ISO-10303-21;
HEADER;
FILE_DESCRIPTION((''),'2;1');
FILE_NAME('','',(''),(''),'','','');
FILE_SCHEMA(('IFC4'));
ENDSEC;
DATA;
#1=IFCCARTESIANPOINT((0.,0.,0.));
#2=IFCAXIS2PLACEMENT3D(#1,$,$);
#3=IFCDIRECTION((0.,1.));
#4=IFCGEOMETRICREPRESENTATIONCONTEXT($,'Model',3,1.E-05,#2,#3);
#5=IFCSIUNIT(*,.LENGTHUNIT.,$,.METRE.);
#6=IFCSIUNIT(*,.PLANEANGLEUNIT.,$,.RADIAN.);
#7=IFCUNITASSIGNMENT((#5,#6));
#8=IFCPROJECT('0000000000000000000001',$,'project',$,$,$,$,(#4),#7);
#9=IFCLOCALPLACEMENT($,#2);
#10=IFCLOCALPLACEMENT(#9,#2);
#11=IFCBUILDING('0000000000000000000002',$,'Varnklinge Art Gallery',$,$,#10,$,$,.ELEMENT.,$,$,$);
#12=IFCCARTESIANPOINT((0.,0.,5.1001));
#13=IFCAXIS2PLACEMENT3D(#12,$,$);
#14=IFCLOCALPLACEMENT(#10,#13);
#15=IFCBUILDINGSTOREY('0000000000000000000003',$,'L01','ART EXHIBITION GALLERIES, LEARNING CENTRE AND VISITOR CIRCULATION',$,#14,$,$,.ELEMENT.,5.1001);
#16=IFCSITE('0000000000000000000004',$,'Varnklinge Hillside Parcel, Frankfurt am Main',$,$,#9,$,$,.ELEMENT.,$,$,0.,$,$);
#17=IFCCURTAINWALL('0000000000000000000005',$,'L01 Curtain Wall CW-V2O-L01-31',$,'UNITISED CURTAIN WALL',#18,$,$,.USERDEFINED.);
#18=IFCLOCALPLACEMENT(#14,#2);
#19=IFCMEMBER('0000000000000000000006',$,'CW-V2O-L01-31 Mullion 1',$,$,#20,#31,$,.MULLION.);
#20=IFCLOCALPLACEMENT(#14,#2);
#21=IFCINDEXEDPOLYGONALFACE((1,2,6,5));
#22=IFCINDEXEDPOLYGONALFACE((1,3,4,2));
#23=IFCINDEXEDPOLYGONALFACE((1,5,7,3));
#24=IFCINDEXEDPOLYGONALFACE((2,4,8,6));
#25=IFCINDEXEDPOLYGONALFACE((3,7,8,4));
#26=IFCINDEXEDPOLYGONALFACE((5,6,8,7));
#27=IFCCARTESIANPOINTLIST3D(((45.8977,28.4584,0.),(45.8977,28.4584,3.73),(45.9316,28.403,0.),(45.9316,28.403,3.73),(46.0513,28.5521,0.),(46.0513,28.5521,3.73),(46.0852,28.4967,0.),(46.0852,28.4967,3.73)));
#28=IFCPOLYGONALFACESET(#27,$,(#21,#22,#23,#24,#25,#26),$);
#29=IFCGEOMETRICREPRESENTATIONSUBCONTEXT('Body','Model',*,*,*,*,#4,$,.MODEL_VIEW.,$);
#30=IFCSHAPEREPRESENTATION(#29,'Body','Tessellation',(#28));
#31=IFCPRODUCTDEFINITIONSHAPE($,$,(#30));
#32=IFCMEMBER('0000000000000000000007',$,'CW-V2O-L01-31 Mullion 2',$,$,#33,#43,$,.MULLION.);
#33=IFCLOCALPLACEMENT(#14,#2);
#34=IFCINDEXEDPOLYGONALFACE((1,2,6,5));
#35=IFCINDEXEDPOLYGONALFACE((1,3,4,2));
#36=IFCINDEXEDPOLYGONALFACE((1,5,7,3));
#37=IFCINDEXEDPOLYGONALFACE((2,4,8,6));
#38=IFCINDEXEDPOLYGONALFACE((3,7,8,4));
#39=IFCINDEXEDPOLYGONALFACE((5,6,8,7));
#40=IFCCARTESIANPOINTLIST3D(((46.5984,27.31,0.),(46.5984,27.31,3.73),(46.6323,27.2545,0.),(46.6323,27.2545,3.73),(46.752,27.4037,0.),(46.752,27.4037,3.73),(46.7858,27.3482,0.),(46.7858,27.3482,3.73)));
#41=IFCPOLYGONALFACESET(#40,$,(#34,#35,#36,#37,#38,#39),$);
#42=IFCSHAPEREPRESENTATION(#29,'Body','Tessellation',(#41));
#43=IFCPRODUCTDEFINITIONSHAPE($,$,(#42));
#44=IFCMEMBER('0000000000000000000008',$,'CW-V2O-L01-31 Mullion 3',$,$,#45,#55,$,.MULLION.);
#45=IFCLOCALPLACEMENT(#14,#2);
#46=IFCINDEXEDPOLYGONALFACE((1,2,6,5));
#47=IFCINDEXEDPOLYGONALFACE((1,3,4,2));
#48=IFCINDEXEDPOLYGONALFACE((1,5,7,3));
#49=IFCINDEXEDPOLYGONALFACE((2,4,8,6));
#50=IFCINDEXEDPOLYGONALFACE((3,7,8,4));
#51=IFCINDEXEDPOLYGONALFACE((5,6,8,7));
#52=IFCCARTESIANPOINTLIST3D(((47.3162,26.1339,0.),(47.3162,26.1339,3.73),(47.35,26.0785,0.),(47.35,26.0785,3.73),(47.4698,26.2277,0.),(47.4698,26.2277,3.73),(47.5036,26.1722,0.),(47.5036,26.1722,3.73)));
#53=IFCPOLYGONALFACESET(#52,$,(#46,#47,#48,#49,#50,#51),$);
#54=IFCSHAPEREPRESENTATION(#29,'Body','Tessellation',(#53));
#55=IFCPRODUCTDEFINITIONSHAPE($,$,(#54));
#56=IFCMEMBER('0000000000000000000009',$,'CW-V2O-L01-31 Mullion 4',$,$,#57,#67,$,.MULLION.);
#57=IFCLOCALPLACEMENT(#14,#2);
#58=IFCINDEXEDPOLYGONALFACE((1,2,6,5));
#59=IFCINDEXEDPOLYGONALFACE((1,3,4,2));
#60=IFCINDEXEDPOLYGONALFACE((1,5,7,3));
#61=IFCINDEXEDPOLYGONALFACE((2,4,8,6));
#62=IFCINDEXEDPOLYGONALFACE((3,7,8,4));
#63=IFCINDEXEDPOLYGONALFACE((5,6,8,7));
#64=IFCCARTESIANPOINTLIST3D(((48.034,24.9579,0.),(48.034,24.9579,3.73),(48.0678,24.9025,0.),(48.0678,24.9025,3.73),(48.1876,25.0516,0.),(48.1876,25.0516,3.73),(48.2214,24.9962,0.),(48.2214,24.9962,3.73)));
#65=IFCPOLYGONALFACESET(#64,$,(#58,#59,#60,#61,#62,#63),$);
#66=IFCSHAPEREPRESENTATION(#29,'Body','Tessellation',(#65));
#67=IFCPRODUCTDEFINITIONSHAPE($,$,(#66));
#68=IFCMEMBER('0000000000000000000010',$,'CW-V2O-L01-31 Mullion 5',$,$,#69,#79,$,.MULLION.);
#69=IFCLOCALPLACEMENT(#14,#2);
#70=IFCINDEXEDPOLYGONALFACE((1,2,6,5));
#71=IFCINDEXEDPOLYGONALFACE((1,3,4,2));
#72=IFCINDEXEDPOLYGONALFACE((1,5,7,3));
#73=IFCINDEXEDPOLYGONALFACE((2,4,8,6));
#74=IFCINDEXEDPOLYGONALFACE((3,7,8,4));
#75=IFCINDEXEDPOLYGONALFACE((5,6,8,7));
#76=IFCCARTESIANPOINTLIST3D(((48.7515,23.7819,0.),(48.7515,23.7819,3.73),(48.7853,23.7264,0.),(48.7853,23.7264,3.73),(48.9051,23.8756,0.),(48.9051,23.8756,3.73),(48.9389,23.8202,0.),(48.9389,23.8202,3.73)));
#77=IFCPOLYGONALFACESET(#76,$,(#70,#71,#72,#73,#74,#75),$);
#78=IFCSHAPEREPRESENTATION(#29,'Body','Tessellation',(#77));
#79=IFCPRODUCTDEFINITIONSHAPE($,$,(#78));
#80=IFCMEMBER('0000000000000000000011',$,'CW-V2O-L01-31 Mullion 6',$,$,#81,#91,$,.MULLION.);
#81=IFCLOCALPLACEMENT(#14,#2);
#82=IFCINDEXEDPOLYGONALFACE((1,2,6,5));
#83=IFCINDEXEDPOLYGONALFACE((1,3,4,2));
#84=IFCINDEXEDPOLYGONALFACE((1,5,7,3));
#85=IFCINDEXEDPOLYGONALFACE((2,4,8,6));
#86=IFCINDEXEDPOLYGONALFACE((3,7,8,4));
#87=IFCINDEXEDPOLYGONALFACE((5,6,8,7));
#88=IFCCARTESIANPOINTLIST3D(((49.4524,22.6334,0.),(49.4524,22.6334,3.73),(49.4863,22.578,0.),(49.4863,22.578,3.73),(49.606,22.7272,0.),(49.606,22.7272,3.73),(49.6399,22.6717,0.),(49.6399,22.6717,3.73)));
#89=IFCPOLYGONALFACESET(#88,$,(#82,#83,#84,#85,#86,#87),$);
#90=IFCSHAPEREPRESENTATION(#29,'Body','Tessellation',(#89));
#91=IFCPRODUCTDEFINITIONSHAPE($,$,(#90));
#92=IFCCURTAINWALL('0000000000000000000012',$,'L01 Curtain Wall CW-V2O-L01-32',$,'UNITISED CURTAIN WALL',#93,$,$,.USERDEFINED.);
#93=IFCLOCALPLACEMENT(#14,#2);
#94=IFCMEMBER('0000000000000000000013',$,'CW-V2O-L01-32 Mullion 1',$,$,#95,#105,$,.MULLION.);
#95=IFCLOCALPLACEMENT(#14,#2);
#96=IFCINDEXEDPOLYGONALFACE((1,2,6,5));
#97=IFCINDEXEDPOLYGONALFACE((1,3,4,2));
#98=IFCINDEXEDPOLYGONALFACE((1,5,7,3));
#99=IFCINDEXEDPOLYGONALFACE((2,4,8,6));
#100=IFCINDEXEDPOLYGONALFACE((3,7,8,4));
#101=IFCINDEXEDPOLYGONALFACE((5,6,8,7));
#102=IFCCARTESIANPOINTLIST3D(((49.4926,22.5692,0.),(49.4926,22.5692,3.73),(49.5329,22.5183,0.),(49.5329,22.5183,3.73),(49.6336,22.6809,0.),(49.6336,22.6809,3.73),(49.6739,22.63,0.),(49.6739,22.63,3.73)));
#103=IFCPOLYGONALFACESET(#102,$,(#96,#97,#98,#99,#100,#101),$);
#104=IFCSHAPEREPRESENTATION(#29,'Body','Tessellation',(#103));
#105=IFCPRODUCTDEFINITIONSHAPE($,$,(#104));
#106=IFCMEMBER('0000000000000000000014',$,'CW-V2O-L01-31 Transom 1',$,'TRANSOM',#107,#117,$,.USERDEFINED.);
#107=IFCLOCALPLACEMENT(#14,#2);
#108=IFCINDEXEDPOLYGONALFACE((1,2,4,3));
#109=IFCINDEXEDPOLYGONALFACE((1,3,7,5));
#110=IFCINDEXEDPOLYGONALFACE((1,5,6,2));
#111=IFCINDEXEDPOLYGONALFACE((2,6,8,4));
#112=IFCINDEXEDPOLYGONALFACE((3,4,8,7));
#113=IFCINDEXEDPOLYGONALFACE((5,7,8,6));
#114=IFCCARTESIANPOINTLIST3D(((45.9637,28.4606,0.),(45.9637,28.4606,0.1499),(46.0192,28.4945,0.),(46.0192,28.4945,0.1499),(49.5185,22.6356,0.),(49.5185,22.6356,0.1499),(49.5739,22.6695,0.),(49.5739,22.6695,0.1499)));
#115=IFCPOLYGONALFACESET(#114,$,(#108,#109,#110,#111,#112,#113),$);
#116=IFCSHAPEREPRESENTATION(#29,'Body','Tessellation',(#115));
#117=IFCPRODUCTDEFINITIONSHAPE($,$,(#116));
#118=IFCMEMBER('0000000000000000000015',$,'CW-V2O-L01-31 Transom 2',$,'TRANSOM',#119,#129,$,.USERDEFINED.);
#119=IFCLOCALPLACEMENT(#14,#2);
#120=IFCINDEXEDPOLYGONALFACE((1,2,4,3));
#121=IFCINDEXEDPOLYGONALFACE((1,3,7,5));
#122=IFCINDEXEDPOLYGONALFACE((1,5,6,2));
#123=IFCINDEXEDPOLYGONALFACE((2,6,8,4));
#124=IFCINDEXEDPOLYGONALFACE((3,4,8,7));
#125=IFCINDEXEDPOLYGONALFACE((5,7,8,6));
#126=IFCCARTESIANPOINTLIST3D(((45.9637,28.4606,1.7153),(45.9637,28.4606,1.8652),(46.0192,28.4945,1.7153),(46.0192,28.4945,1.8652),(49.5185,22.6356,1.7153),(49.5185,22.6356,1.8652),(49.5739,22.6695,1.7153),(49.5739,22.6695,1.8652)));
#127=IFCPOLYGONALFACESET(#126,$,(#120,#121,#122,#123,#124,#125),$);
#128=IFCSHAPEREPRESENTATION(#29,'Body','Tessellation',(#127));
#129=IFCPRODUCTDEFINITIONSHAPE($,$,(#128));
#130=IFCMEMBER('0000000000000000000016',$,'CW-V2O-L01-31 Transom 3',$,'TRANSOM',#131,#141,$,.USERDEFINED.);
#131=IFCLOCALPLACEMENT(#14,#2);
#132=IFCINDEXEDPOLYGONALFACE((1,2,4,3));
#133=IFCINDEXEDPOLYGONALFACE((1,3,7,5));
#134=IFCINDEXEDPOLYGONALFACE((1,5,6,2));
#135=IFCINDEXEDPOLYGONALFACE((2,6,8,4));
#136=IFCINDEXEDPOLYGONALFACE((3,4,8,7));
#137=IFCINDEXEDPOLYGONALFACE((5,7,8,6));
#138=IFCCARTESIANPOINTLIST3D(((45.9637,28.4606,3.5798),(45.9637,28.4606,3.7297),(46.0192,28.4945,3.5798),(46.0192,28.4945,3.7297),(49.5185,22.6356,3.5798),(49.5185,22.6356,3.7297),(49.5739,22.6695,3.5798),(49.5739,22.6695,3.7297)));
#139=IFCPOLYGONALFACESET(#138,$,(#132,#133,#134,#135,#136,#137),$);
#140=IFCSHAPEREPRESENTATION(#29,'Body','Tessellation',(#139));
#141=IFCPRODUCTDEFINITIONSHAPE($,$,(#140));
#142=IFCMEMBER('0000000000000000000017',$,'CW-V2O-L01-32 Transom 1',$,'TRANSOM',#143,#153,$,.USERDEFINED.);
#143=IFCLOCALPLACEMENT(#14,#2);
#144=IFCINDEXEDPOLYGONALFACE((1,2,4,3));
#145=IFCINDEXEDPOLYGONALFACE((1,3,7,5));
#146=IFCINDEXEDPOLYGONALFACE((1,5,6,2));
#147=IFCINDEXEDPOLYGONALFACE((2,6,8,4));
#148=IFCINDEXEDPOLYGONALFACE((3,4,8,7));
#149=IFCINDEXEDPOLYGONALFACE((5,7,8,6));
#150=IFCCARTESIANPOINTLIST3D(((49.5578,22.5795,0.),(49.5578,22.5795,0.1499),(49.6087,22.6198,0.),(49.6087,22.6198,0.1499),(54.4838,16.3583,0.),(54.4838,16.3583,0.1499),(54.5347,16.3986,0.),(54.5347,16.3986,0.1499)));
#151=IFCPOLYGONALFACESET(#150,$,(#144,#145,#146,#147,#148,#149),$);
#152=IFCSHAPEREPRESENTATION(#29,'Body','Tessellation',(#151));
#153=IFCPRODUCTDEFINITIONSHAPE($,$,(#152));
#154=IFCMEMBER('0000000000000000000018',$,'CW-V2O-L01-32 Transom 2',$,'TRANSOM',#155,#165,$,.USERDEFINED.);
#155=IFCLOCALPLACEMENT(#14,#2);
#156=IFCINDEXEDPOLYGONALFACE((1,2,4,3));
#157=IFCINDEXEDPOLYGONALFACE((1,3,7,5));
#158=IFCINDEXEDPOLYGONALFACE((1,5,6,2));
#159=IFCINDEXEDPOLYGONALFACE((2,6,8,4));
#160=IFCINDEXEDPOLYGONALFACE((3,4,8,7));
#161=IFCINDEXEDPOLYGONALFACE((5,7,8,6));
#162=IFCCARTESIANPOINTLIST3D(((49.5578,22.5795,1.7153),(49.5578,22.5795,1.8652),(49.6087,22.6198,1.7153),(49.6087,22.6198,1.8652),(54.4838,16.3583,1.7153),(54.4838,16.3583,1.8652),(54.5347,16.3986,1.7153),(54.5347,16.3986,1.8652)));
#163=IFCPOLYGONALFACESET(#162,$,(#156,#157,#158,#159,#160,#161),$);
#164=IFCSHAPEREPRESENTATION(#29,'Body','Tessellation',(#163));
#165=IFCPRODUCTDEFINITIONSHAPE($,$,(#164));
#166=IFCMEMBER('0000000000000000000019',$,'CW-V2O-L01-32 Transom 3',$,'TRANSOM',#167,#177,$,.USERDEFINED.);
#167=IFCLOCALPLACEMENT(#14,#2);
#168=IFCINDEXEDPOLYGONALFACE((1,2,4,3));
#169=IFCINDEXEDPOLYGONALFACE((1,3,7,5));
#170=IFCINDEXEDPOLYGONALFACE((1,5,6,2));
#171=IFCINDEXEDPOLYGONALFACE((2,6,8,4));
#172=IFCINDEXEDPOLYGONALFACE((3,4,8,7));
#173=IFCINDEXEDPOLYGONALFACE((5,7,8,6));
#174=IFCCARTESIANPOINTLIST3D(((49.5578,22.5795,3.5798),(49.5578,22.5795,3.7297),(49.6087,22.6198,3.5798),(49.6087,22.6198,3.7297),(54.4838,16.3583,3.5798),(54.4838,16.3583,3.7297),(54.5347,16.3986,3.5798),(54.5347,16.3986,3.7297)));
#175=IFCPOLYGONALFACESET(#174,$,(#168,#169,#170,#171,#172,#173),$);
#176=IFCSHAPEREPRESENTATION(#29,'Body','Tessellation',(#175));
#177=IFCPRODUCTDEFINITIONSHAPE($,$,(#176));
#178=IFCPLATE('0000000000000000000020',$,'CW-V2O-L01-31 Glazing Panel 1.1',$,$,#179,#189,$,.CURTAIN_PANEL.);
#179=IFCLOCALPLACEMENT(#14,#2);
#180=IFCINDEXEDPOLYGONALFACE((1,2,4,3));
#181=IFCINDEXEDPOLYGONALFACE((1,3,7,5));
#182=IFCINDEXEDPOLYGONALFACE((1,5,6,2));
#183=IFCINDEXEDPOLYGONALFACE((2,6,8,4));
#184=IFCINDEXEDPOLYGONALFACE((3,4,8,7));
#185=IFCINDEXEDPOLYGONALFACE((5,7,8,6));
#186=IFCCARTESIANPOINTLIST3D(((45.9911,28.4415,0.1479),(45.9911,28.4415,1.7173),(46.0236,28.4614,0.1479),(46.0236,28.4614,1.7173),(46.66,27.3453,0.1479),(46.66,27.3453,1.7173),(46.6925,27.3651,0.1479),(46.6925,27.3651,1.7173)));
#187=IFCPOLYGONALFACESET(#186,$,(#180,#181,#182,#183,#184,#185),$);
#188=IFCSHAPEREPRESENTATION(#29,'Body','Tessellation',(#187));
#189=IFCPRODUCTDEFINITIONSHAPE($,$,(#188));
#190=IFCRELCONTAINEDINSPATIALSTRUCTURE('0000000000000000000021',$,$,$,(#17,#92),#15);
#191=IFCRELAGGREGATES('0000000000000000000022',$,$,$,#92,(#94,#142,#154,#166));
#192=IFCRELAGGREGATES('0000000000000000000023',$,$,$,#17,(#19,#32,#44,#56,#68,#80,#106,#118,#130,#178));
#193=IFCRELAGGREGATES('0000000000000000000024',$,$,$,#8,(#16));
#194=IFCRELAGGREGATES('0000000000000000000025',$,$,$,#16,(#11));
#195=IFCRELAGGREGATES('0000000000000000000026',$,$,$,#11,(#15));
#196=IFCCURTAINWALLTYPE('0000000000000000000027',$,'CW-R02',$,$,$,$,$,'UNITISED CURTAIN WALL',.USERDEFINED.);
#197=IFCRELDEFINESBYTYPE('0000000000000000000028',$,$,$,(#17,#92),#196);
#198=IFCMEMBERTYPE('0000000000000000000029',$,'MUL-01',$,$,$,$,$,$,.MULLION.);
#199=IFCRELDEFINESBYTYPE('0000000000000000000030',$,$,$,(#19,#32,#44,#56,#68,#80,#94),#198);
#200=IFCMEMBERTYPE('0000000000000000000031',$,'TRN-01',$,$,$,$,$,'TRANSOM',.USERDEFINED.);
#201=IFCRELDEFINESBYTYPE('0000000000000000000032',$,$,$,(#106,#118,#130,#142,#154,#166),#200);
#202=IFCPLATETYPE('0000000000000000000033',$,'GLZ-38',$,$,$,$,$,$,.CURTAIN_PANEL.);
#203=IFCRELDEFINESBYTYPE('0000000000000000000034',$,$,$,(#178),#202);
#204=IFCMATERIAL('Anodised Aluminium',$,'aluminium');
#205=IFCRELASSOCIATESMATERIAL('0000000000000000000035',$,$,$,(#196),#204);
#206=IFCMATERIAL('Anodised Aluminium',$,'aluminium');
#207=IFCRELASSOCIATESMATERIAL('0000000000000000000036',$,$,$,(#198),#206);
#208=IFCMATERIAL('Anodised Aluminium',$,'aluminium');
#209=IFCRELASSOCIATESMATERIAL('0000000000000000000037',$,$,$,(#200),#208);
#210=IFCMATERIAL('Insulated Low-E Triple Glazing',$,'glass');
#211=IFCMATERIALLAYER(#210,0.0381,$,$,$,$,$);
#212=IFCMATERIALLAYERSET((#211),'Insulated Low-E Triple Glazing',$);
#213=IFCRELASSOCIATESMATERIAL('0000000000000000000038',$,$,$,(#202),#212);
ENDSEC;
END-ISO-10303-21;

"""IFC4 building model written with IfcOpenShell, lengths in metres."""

from ifc_helpers import new_model, si_unit, direction, frame, origin, origin_2d, place, context, subcontext, project, spatial, rectangle, extrude, material, layer, layer_set, material_profile, profile_set, type_object, element, aggregate, save


model = new_model("IFC4")

# Units and contexts
model_context = context("Model", 3, precision=1e-05, world=origin(), true_north=direction((0.0, 1.0)))
body_context = subcontext(model_context, "Body", "Model", "MODEL_VIEW")
ifc_project = project(units=[si_unit("LENGTHUNIT", "METRE"), si_unit("PLANEANGLEUNIT", "RADIAN")], contexts=[model_context])

# Site, building, storey
site_placement = place(None, origin())
site = spatial("IfcSite", under=ifc_project, at=site_placement, Name="Varnklinge Hillside Parcel, Frankfurt am Main", CompositionType="ELEMENT", RefElevation=0.0)
building_placement = place(site_placement, origin())
building = spatial("IfcBuilding", under=site, at=building_placement, Name="Varnklinge Art Gallery", CompositionType="ELEMENT")
storey_placement = place(building_placement, frame((0.0, 0.0, 5.1001)))
storey = spatial("IfcBuildingStorey", under=building, at=storey_placement, Name="L01", Description="ART EXHIBITION GALLERIES, LEARNING CENTRE AND VISITOR CIRCULATION", CompositionType="ELEMENT", Elevation=5.1001)

# Curtain wall, members
ifc_material_1 = material(Name="Anodised Aluminium", Category="aluminium")
curtain_wall_type = type_object("IfcCurtainWallType", Name="CW-R02", ElementType="UNITISED CURTAIN WALL", PredefinedType="USERDEFINED", material=ifc_material_1)
curtain_wall_1_placement = place(storey_placement, origin())
curtain_wall_1 = element("IfcCurtainWall", 1, at=curtain_wall_1_placement, inside=storey, type_object=curtain_wall_type, Name="L01 Curtain Wall CW-V2O-L01-31", ObjectType="UNITISED CURTAIN WALL", PredefinedType="USERDEFINED")
ifc_material_2 = material(Name="Anodised Aluminium", Category="aluminium")
ifc_material_profile_1 = material_profile(ifc_material_2, rectangle(XDim=0.0649, YDim=0.1799, at=origin_2d()), Name="ALU 65x180")
ifc_profile_set_1 = profile_set([ifc_material_profile_1], Name="Anodised Aluminium")
member_type_1 = type_object("IfcMemberType", Name="MUL-01", PredefinedType="MULLION", material=ifc_profile_set_1)
member_1_placement = place(storey_placement, frame((45.9915, 28.4775, 0.0), z_axis=(0.0, 0.0, 1.0), x_axis=(0.520861, -0.853642, 0.0)))
member_1 = element("IfcMember", 2, at=member_1_placement, type_object=member_type_1, Name="CW-V2O-L01-31 Mullion 1", PredefinedType="MULLION", context=body_context, shape_type="SweptSolid", body=[
    extrude(rectangle(XDim=0.0649, YDim=0.1799, at=origin_2d()), origin(), (0.0, 0.0, 1.0), 3.73),
])
member_2_placement = place(storey_placement, frame((46.6921, 27.3291, 0.0), z_axis=(0.0, 0.0, 1.0), x_axis=(0.520861, -0.853642, 0.0)))
member_2 = element("IfcMember", 3, at=member_2_placement, type_object=member_type_1, Name="CW-V2O-L01-31 Mullion 2", PredefinedType="MULLION", context=body_context, shape_type="SweptSolid", body=[
    extrude(rectangle(XDim=0.0649, YDim=0.1799, at=origin_2d()), origin(), (0.0, 0.0, 1.0), 3.73),
])
member_3_placement = place(storey_placement, frame((47.4099, 26.1531, 0.0), z_axis=(0.0, 0.0, 1.0), x_axis=(0.520861, -0.853642, 0.0)))
member_3 = element("IfcMember", 4, at=member_3_placement, type_object=member_type_1, Name="CW-V2O-L01-31 Mullion 3", PredefinedType="MULLION", context=body_context, shape_type="SweptSolid", body=[
    extrude(rectangle(XDim=0.0649, YDim=0.1799, at=origin_2d()), origin(), (0.0, 0.0, 1.0), 3.73),
])
member_4_placement = place(storey_placement, frame((48.1277, 24.9771, 0.0), z_axis=(0.0, 0.0, 1.0), x_axis=(0.520861, -0.853642, 0.0)))
member_4 = element("IfcMember", 5, at=member_4_placement, type_object=member_type_1, Name="CW-V2O-L01-31 Mullion 4", PredefinedType="MULLION", context=body_context, shape_type="SweptSolid", body=[
    extrude(rectangle(XDim=0.0649, YDim=0.1799, at=origin_2d()), origin(), (0.0, 0.0, 1.0), 3.73),
])
member_5_placement = place(storey_placement, frame((48.8452, 23.801, 0.0), z_axis=(0.0, 0.0, 1.0), x_axis=(0.520861, -0.853642, 0.0)))
member_5 = element("IfcMember", 6, at=member_5_placement, type_object=member_type_1, Name="CW-V2O-L01-31 Mullion 5", PredefinedType="MULLION", context=body_context, shape_type="SweptSolid", body=[
    extrude(rectangle(XDim=0.0649, YDim=0.1799, at=origin_2d()), origin(), (0.0, 0.0, 1.0), 3.73),
])
member_6_placement = place(storey_placement, frame((49.5461, 22.6526, 0.0), z_axis=(0.0, 0.0, 1.0), x_axis=(0.520861, -0.853642, 0.0)))
member_6 = element("IfcMember", 7, at=member_6_placement, type_object=member_type_1, Name="CW-V2O-L01-31 Mullion 6", PredefinedType="MULLION", context=body_context, shape_type="SweptSolid", body=[
    extrude(rectangle(XDim=0.0649, YDim=0.1799, at=origin_2d()), origin(), (0.0, 0.0, 1.0), 3.73),
])

# Curtain wall, member
curtain_wall_2_placement = place(storey_placement, origin())
curtain_wall_2 = element("IfcCurtainWall", 8, at=curtain_wall_2_placement, inside=storey, type_object=curtain_wall_type, Name="L01 Curtain Wall CW-V2O-L01-32", ObjectType="UNITISED CURTAIN WALL", PredefinedType="USERDEFINED")
member_7_placement = place(storey_placement, frame((49.5833, 22.5996, 0.0), z_axis=(0.0, 0.0, 1.0), x_axis=(0.620737, -0.784019, 0.0)))
member_7 = element("IfcMember", 9, at=member_7_placement, type_object=member_type_1, Name="CW-V2O-L01-32 Mullion 1", PredefinedType="MULLION", context=body_context, shape_type="SweptSolid", body=[
    extrude(rectangle(XDim=0.0649, YDim=0.1799, at=origin_2d()), origin(), (0.0, 0.0, 1.0), 3.73),
])

# Members
ifc_material_3 = material(Name="Anodised Aluminium", Category="aluminium")
ifc_material_profile_2 = material_profile(ifc_material_3, rectangle(XDim=0.0649, YDim=0.1499, at=origin_2d()), Name="ALU 65x150")
ifc_profile_set_2 = profile_set([ifc_material_profile_2], Name="Anodised Aluminium")
member_type_2 = type_object("IfcMemberType", Name="TRN-01", ElementType="TRANSOM", PredefinedType="USERDEFINED", material=ifc_profile_set_2)
member_8_placement = place(storey_placement, frame((45.9915, 28.4775, 0.075), z_axis=(0.520916, -0.853608, 0.0), x_axis=(0.853608, 0.520916, 0.0)))
member_8 = element("IfcMember", 10, at=member_8_placement, type_object=member_type_2, Name="CW-V2O-L01-31 Transom 1", ObjectType="TRANSOM", PredefinedType="USERDEFINED", context=body_context, shape_type="SweptSolid", body=[
    extrude(rectangle(XDim=0.0649, YDim=0.1499, at=origin_2d()), origin(), (0.0, 0.0, 1.0), 6.824),
])
member_9_placement = place(storey_placement, frame((45.9915, 28.4775, 1.7903), z_axis=(0.520916, -0.853608, 0.0), x_axis=(0.853608, 0.520916, 0.0)))
member_9 = element("IfcMember", 11, at=member_9_placement, type_object=member_type_2, Name="CW-V2O-L01-31 Transom 2", ObjectType="TRANSOM", PredefinedType="USERDEFINED", context=body_context, shape_type="SweptSolid", body=[
    extrude(rectangle(XDim=0.0649, YDim=0.1499, at=origin_2d()), origin(), (0.0, 0.0, 1.0), 6.824),
])
member_10_placement = place(storey_placement, frame((45.9915, 28.4775, 3.6548), z_axis=(0.520916, -0.853608, 0.0), x_axis=(0.853608, 0.520916, 0.0)))
member_10 = element("IfcMember", 12, at=member_10_placement, type_object=member_type_2, Name="CW-V2O-L01-31 Transom 3", ObjectType="TRANSOM", PredefinedType="USERDEFINED", context=body_context, shape_type="SweptSolid", body=[
    extrude(rectangle(XDim=0.0649, YDim=0.1499, at=origin_2d()), origin(), (0.0, 0.0, 1.0), 6.824),
])
member_11_placement = place(storey_placement, frame((49.5833, 22.5996, 0.075), z_axis=(0.620774, -0.78399, 0.0), x_axis=(0.78399, 0.620774, 0.0)))
member_11 = element("IfcMember", 13, at=member_11_placement, type_object=member_type_2, Name="CW-V2O-L01-32 Transom 1", ObjectType="TRANSOM", PredefinedType="USERDEFINED", context=body_context, shape_type="SweptSolid", body=[
    extrude(rectangle(XDim=0.0649, YDim=0.1499, at=origin_2d()), origin(), (0.0, 0.0, 1.0), 7.9353),
])
member_12_placement = place(storey_placement, frame((49.5833, 22.5996, 1.7903), z_axis=(0.620774, -0.78399, 0.0), x_axis=(0.78399, 0.620774, 0.0)))
member_12 = element("IfcMember", 14, at=member_12_placement, type_object=member_type_2, Name="CW-V2O-L01-32 Transom 2", ObjectType="TRANSOM", PredefinedType="USERDEFINED", context=body_context, shape_type="SweptSolid", body=[
    extrude(rectangle(XDim=0.0649, YDim=0.1499, at=origin_2d()), origin(), (0.0, 0.0, 1.0), 7.9353),
])
member_13_placement = place(storey_placement, frame((49.5833, 22.5996, 3.6548), z_axis=(0.620774, -0.78399, 0.0), x_axis=(0.78399, 0.620774, 0.0)))
member_13 = element("IfcMember", 15, at=member_13_placement, type_object=member_type_2, Name="CW-V2O-L01-32 Transom 3", ObjectType="TRANSOM", PredefinedType="USERDEFINED", context=body_context, shape_type="SweptSolid", body=[
    extrude(rectangle(XDim=0.0649, YDim=0.1499, at=origin_2d()), origin(), (0.0, 0.0, 1.0), 7.9353),
])
aggregate(curtain_wall_2, [member_7, member_11, member_12, member_13])

# Plate
ifc_material_4 = material(Name="Insulated Low-E Triple Glazing", Category="glass")
ifc_layer = layer(ifc_material_4, 0.0381)
ifc_layer_set = layer_set([ifc_layer], Name="Insulated Low-E Triple Glazing")
plate_type = type_object("IfcPlateType", Name="GLZ-38", PredefinedType="CURTAIN_PANEL", material=ifc_layer_set)
plate_1_placement = place(storey_placement, frame((46.3418, 27.9033, 0.1479), z_axis=(0.0, 0.0, 1.0), x_axis=(0.520861, -0.853642, 0.0)))
plate_1 = element("IfcPlate", 16, at=plate_1_placement, type_object=plate_type, Name="CW-V2O-L01-31 Glazing Panel 1.1", PredefinedType="CURTAIN_PANEL", context=body_context, shape_type="SweptSolid", body=[
    extrude(rectangle(XDim=1.2842, YDim=0.0381, at=origin_2d()), origin(), (0.0, 0.0, 1.0), 1.5693),
])
aggregate(curtain_wall_1, [member_1, member_2, member_3, member_4, member_5, member_6, member_8, member_9, member_10, plate_1])

save(model, "model.ifc")
